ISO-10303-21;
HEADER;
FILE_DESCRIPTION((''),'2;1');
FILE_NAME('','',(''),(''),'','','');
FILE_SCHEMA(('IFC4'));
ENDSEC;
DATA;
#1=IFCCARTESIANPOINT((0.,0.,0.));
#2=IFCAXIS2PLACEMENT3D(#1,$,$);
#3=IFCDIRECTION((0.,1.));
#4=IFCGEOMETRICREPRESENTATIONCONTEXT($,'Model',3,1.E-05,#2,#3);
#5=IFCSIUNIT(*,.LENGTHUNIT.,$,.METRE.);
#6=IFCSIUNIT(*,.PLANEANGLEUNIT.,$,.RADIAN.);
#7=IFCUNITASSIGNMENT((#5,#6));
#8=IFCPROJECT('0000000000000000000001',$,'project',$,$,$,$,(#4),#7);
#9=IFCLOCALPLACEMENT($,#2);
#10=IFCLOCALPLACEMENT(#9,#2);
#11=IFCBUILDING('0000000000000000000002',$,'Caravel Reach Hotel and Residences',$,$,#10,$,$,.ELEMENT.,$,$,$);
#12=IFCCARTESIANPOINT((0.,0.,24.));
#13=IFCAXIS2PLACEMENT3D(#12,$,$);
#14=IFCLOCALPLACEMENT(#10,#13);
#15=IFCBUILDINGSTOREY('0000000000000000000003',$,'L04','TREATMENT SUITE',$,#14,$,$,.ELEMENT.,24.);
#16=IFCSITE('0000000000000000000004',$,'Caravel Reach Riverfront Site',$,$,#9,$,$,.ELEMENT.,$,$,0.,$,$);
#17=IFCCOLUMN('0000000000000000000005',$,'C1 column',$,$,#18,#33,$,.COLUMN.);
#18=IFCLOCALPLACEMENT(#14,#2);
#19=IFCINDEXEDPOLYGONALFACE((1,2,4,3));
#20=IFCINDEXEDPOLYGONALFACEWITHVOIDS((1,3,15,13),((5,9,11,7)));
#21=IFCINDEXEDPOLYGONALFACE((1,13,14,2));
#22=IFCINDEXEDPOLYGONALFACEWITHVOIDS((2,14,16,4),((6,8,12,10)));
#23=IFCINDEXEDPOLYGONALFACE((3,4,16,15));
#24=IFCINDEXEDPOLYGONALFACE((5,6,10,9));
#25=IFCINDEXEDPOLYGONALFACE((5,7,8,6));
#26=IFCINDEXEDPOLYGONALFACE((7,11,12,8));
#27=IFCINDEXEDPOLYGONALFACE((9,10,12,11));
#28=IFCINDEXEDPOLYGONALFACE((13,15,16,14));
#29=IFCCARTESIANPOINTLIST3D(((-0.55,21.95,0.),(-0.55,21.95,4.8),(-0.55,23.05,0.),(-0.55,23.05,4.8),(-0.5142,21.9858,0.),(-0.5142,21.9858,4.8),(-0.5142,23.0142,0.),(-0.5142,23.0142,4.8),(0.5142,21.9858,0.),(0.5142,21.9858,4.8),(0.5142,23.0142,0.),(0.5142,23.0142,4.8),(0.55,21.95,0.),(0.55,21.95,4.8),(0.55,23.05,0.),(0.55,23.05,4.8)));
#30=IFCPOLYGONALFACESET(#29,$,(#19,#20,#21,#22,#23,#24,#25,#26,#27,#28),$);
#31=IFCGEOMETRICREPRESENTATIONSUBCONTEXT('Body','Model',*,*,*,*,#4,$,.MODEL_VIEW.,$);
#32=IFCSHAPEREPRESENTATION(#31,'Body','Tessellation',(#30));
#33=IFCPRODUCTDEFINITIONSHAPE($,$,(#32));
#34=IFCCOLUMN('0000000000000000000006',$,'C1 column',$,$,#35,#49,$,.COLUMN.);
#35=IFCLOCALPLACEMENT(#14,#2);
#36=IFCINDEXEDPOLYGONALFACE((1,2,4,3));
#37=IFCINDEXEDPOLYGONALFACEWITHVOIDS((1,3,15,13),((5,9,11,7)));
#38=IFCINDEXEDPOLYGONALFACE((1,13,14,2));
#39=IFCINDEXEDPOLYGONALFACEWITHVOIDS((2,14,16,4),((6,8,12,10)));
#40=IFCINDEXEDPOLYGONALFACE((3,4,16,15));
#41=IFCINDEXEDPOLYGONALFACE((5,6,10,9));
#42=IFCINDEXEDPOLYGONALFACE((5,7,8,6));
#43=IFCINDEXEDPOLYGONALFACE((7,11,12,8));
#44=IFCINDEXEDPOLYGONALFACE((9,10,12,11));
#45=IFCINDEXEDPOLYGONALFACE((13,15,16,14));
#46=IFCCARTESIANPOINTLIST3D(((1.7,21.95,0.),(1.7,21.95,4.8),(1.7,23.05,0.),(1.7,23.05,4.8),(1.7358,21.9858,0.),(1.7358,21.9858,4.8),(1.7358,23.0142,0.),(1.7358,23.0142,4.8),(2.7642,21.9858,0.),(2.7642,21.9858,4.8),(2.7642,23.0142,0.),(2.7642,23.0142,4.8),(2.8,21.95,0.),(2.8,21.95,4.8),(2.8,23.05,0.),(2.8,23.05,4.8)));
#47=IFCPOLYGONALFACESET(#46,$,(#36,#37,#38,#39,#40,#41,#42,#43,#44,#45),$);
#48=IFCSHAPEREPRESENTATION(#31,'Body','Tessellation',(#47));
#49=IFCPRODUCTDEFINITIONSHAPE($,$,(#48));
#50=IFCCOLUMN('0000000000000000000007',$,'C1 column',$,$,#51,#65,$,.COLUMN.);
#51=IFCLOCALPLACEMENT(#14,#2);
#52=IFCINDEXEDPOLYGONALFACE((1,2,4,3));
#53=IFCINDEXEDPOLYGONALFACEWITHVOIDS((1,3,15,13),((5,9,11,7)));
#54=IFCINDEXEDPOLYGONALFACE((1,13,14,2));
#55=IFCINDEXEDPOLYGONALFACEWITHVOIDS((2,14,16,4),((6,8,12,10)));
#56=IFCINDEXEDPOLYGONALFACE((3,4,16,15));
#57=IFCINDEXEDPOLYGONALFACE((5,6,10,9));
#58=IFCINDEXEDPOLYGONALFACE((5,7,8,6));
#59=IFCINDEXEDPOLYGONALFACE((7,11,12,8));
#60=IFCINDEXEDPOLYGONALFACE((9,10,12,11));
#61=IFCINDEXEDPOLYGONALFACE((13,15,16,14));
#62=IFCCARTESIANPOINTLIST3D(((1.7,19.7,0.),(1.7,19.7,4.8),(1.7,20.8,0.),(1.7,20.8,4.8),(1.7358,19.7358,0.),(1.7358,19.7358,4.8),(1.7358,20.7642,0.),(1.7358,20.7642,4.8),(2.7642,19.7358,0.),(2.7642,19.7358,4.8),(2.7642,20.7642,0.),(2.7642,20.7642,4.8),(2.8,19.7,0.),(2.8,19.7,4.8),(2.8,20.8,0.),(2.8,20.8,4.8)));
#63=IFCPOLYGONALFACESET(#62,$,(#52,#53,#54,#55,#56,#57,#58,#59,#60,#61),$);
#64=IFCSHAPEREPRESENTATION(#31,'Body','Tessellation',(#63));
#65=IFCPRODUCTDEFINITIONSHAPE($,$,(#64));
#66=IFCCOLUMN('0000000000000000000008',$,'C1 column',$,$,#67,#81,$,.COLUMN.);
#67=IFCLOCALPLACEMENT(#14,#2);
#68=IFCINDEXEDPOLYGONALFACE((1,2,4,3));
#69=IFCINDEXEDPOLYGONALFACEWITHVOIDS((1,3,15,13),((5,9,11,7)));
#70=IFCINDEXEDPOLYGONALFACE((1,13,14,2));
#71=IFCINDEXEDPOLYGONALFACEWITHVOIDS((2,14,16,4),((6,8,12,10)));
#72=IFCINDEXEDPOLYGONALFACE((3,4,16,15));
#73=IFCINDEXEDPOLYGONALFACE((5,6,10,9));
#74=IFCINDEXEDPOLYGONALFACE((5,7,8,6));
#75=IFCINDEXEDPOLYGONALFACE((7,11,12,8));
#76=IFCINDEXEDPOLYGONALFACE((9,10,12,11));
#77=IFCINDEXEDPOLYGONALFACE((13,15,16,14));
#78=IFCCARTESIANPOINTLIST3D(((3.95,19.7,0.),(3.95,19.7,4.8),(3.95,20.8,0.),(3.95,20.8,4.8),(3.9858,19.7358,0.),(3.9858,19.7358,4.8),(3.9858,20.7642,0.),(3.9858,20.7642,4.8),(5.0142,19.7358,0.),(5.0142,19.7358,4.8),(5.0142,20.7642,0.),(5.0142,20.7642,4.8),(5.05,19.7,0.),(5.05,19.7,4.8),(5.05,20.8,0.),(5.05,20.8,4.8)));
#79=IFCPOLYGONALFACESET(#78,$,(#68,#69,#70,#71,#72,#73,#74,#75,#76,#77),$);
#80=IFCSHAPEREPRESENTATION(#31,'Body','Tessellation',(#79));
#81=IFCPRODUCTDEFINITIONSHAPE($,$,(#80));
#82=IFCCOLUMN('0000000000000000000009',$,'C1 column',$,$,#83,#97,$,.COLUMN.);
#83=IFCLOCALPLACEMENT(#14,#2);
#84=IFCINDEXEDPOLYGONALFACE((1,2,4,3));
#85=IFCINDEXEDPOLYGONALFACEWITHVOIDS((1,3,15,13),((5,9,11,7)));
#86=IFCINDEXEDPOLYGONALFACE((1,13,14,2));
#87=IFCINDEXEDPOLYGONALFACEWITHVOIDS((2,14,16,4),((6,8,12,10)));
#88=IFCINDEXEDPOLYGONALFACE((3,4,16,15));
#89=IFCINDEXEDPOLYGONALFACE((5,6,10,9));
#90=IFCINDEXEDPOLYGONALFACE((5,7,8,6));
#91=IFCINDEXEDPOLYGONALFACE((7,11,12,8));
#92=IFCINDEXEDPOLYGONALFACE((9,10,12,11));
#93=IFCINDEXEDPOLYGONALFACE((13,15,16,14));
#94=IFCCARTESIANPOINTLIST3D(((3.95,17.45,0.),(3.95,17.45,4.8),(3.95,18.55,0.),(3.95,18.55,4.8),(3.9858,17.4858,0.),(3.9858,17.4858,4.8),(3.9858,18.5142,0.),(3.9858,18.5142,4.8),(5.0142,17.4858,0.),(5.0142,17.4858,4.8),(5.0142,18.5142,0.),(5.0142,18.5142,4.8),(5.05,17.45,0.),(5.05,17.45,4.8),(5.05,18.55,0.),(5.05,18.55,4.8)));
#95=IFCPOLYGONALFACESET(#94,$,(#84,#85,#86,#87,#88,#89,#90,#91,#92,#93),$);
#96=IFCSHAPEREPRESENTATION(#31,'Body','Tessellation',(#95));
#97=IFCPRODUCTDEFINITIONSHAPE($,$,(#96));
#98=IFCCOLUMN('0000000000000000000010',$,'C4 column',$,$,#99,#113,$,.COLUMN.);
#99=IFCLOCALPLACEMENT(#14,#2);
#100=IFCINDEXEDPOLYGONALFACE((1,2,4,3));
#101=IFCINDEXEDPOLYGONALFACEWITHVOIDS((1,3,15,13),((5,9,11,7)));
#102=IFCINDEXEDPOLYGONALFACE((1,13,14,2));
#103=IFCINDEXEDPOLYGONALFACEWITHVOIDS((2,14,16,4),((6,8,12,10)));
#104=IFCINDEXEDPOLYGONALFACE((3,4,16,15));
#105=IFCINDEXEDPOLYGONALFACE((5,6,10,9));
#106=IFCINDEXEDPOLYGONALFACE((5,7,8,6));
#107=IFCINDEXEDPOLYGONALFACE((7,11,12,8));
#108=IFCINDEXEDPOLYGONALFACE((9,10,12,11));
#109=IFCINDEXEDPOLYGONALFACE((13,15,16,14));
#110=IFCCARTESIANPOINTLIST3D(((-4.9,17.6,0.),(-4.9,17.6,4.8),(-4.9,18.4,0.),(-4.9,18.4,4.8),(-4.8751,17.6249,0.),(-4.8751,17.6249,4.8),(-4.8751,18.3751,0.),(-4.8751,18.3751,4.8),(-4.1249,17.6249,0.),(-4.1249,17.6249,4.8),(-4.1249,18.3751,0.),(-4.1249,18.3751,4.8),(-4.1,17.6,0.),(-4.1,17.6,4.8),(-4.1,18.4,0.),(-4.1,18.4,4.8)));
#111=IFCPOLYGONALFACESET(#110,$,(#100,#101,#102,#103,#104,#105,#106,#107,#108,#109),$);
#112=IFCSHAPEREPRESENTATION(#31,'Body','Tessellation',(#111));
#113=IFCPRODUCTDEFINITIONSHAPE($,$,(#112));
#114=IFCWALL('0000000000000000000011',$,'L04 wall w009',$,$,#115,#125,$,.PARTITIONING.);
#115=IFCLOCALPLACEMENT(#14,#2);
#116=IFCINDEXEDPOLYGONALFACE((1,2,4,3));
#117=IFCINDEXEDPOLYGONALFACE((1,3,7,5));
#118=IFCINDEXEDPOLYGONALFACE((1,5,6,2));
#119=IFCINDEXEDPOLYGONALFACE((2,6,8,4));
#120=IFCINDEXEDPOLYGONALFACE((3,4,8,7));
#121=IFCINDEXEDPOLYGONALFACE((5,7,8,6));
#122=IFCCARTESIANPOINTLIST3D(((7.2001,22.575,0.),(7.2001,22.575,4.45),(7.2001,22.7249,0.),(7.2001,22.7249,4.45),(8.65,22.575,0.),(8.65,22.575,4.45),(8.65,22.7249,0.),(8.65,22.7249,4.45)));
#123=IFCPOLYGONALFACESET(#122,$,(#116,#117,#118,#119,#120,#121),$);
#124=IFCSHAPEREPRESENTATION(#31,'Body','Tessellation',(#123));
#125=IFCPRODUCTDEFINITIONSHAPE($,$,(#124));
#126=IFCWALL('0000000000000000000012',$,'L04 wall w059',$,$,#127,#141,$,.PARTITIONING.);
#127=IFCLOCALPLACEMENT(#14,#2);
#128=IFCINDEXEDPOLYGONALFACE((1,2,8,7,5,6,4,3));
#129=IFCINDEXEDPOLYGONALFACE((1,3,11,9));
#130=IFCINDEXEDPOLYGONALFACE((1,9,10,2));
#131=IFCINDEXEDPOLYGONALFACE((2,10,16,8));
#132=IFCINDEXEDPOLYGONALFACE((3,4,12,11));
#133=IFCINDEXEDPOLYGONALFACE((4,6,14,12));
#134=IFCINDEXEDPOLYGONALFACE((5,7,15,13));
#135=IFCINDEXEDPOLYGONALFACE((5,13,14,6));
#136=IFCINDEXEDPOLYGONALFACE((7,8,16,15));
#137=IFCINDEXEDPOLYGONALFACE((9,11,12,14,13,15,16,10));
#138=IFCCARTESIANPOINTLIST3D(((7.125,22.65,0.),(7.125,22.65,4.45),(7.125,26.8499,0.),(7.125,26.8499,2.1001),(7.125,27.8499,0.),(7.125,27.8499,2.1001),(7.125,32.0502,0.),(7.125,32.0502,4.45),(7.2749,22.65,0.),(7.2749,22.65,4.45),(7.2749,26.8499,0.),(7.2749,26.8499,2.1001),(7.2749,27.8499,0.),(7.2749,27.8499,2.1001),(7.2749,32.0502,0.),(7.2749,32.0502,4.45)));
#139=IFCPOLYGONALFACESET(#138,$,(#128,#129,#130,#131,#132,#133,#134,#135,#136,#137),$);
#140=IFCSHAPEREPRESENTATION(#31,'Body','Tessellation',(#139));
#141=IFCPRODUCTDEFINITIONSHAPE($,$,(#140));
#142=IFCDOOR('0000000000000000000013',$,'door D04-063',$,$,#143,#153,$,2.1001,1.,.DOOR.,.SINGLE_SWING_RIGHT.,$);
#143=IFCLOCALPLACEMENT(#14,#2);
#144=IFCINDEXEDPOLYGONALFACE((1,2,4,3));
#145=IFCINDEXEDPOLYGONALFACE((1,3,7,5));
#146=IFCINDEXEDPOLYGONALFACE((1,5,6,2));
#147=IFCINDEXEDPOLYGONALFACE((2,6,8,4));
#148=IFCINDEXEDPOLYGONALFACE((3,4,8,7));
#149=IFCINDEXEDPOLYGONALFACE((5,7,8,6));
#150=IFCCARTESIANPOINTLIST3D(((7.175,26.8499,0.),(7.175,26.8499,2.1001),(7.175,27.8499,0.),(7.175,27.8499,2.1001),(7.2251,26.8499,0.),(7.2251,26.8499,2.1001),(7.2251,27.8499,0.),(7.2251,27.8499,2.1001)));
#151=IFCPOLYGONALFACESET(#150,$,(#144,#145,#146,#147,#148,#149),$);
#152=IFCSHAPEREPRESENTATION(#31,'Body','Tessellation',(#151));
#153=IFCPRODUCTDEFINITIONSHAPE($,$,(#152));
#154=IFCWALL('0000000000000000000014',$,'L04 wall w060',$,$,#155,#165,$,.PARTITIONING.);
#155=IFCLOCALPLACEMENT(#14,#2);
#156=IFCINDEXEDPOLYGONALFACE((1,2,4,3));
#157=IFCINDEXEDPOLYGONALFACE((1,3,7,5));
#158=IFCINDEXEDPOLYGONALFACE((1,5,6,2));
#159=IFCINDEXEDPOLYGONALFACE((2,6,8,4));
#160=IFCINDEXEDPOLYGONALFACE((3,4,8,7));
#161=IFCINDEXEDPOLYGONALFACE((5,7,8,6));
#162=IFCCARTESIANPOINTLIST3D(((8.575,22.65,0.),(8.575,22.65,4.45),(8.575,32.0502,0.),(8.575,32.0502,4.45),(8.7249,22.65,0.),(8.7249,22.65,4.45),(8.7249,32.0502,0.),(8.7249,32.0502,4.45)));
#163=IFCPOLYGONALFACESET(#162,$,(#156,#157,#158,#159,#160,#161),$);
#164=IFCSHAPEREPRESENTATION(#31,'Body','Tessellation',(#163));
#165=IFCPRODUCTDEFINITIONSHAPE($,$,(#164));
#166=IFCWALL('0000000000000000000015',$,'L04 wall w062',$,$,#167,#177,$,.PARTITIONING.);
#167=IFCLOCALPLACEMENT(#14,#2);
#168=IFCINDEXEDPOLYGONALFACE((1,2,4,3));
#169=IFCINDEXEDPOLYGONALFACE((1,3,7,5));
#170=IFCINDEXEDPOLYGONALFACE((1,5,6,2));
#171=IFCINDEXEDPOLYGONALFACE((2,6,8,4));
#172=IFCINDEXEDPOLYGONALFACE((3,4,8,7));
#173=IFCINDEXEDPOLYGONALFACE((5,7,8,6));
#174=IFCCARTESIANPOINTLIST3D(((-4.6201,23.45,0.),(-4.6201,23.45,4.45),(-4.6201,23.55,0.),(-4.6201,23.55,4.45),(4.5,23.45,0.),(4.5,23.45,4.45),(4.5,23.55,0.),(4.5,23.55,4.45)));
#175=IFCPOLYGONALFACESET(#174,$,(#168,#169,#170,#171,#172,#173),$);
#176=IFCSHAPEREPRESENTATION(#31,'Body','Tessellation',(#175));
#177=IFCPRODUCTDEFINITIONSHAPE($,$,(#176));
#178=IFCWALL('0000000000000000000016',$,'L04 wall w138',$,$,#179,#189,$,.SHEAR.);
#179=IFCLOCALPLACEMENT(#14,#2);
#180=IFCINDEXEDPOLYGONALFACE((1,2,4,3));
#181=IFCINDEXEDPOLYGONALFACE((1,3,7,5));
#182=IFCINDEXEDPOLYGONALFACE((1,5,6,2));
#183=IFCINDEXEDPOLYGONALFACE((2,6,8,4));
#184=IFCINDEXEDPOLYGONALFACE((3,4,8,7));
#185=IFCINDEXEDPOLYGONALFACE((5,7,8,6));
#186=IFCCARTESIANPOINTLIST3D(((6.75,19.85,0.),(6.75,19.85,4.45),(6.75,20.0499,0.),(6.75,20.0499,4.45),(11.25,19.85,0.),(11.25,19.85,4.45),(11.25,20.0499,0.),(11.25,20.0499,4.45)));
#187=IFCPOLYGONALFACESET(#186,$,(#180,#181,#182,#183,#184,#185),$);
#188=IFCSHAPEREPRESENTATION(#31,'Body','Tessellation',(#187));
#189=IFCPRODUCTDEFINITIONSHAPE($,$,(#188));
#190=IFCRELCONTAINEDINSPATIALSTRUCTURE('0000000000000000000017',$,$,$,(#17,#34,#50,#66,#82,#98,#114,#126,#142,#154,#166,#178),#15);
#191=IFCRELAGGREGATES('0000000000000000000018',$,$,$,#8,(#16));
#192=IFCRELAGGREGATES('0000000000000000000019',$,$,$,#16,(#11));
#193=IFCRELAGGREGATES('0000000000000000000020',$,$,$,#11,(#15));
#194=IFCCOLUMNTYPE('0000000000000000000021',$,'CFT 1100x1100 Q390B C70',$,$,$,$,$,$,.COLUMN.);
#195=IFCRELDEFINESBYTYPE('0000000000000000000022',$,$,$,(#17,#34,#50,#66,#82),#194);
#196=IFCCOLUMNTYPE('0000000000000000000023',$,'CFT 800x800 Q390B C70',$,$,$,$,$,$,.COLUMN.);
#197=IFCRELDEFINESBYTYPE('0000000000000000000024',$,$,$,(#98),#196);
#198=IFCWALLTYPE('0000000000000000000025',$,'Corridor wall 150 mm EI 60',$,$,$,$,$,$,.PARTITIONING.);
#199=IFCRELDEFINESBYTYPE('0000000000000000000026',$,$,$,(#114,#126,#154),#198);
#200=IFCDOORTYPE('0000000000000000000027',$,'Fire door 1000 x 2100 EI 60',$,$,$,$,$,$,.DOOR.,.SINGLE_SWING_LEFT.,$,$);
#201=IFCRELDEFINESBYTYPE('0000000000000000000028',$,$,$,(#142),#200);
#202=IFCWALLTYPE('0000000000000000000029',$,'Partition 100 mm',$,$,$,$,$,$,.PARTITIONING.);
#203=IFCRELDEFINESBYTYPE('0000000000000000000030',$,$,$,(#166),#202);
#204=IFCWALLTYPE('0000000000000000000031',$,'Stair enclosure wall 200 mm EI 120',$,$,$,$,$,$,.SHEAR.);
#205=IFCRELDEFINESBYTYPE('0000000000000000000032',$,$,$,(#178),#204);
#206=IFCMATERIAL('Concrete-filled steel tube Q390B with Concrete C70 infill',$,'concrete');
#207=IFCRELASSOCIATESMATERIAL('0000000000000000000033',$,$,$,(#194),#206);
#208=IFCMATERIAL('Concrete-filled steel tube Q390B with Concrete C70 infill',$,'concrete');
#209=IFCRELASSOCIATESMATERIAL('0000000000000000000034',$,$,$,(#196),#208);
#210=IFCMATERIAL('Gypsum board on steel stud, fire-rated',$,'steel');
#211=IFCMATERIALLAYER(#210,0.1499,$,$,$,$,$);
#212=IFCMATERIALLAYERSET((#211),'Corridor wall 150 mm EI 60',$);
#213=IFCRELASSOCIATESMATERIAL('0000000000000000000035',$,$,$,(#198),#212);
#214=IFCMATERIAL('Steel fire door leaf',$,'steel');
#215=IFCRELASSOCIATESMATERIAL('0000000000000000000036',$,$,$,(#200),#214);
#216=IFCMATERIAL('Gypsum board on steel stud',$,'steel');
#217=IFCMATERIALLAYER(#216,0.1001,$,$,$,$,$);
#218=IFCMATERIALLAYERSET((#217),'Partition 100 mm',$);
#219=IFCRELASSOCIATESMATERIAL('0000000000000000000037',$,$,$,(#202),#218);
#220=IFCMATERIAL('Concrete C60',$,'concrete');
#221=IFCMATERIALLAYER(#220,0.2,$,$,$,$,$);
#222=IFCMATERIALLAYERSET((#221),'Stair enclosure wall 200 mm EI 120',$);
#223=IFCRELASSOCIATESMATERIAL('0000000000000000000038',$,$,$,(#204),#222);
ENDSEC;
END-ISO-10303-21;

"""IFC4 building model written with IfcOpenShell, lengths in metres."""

from ifc_helpers import new_model, si_unit, direction, frame, frame_2d, origin, origin_2d, place, context, subcontext, project, spatial, rectangle, hollow_rectangle, extrude, material, layer, layer_set, material_profile, profile_set, type_object, element, fill, save


model = new_model("IFC4")

# Units and contexts
model_context = context("Model", 3, precision=1e-05, world=origin(), true_north=direction((0.0, 1.0)))
body_context = subcontext(model_context, "Body", "Model", "MODEL_VIEW")
ifc_project = project(units=[si_unit("LENGTHUNIT", "METRE"), si_unit("PLANEANGLEUNIT", "RADIAN")], contexts=[model_context])

# Site, building, storey
site_placement = place(None, origin())
site = spatial("IfcSite", under=ifc_project, at=site_placement, Name="Caravel Reach Riverfront Site", CompositionType="ELEMENT", RefElevation=0.0)
building_placement = place(site_placement, origin())
building = spatial("IfcBuilding", under=site, at=building_placement, Name="Caravel Reach Hotel and Residences", CompositionType="ELEMENT")
storey_placement = place(building_placement, frame((0.0, 0.0, 24.0)))
storey = spatial("IfcBuildingStorey", under=building, at=storey_placement, Name="L04", Description="TREATMENT SUITE", CompositionType="ELEMENT", Elevation=24.0)

# Columns
ifc_material_1 = material(Name="Concrete-filled steel tube Q390B with Concrete C70 infill", Category="concrete")
ifc_material_profile_1 = material_profile(ifc_material_1, hollow_rectangle(XDim=1.1001, YDim=1.1001, WallThickness=0.0359, at=origin_2d()), Name="RHS 1100x1100x36")
ifc_profile_set_1 = profile_set([ifc_material_profile_1], Name="Concrete-filled steel tube Q390B with Concrete C70 infill")
column_type_1 = type_object("IfcColumnType", Name="CFT 1100x1100 Q390B C70", PredefinedType="COLUMN", material=ifc_profile_set_1)
for number, where, z_axis, x_axis, name in (
    (1, (0.0, 22.5, 0.0), (0.0, 0.0, 1.0), (1.0, 0.0, 0.0), "C1 column"),
    (2, (2.25, 22.5, 0.0), (0.0, 0.0, 1.0), (1.0, 0.0, 0.0), "C1 column"),
    (3, (2.25, 20.25, 0.0), (0.0, 0.0, 1.0), (1.0, 0.0, 0.0), "C1 column"),
    (4, (4.5, 20.25, 0.0), (0.0, 0.0, 1.0), (1.0, 0.0, 0.0), "C1 column"),
    (5, (4.5, 18.0, 0.0), (0.0, 0.0, 1.0), (1.0, 0.0, 0.0), "C1 column"),
):
    element("IfcColumn", number, at=place(storey_placement, frame(where, z_axis=z_axis, x_axis=x_axis)), inside=storey, type_object=column_type_1, Name=name, PredefinedType="COLUMN", context=body_context, shape_type="SweptSolid", body=[
        extrude(hollow_rectangle(XDim=1.1001, YDim=1.1001, WallThickness=0.0359, at=origin_2d()), origin(), (0.0, 0.0, 1.0), 4.8),
    ])
ifc_material_2 = material(Name="Concrete-filled steel tube Q390B with Concrete C70 infill", Category="concrete")
ifc_material_profile_2 = material_profile(ifc_material_2, hollow_rectangle(XDim=0.8, YDim=0.8, WallThickness=0.0249, at=origin_2d()), Name="RHS 800x800x25")
ifc_profile_set_2 = profile_set([ifc_material_profile_2], Name="Concrete-filled steel tube Q390B with Concrete C70 infill")
column_type_2 = type_object("IfcColumnType", Name="CFT 800x800 Q390B C70", PredefinedType="COLUMN", material=ifc_profile_set_2)
column_placement = place(storey_placement, frame((-4.5, 18.0, 0.0), z_axis=(0.0, 0.0, 1.0), x_axis=(1.0, 0.0, 0.0)))
element("IfcColumn", 6, at=column_placement, inside=storey, type_object=column_type_2, Name="C4 column", PredefinedType="COLUMN", context=body_context, shape_type="SweptSolid", body=[
    extrude(hollow_rectangle(XDim=0.8, YDim=0.8, WallThickness=0.0249, at=origin_2d()), origin(), (0.0, 0.0, 1.0), 4.8),
])

# Wall
ifc_material_3 = material(Name="Gypsum board on steel stud, fire-rated", Category="steel")
ifc_layer_1 = layer(ifc_material_3, 0.1499)
ifc_layer_set_1 = layer_set([ifc_layer_1], Name="Corridor wall 150 mm EI 60")
wall_type_1 = type_object("IfcWallType", Name="Corridor wall 150 mm EI 60", PredefinedType="PARTITIONING", material=ifc_layer_set_1)
wall_1_placement = place(storey_placement, frame((7.2, 22.6499, 0.0), z_axis=(0.0, 0.0, 1.0), x_axis=(1.0, 0.0, 0.0)))
element("IfcWall", 7, at=wall_1_placement, inside=storey, type_object=wall_type_1, Name="L04 wall w009", PredefinedType="PARTITIONING", context=body_context, shape_type="SweptSolid", body=[
    extrude(rectangle(XDim=1.45, YDim=0.1499, at=frame_2d((0.7251, 0.0))), origin(), (0.0, 0.0, 1.0), 4.45),
])

# Wall, opening, door
wall_2_placement = place(storey_placement, frame((7.2, 22.6499, 0.0), z_axis=(0.0, 0.0, 1.0), x_axis=(0.0, 1.0, 0.0)))
wall_2 = element("IfcWall", 8, at=wall_2_placement, inside=storey, type_object=wall_type_1, Name="L04 wall w059", PredefinedType="PARTITIONING", context=body_context, shape_type="SweptSolid", body=[
    extrude(rectangle(XDim=9.4001, YDim=0.1499, at=frame_2d((4.7002, 0.0))), origin(), (0.0, 0.0, 1.0), 4.45),
])
opening_placement = place(wall_2_placement, frame((4.2, 0.0, 0.0)))
opening = element("IfcOpeningElement", 9, at=opening_placement, cuts=wall_2, PredefinedType="OPENING", context=body_context, shape_type="SweptSolid", body=[
    extrude(rectangle(XDim=1.0, YDim=2.1001, at=frame_2d((0.5, 1.05))), frame((0.0, 0.085, 0.0), z_axis=(0.0, -1.0, 0.0), x_axis=(1.0, 0.0, 0.0)), (0.0, 0.0, 1.0), 0.1699),
])
ifc_material_4 = material(Name="Steel fire door leaf", Category="steel")
door_type = type_object("IfcDoorType", Name="Fire door 1000 x 2100 EI 60", OperationType="SINGLE_SWING_LEFT", PredefinedType="DOOR", material=ifc_material_4)
door_placement = place(opening_placement, origin())
door = element("IfcDoor", 10, at=door_placement, inside=storey, type_object=door_type, Name="door D04-063", OperationType="SINGLE_SWING_RIGHT", OverallHeight=2.1001, OverallWidth=1.0, PredefinedType="DOOR", context=body_context, shape_type="SweptSolid", body=[
    extrude(rectangle(XDim=1.0, YDim=2.1001, at=frame_2d((0.5, 1.05))), frame((0.0, 0.0249, 0.0), z_axis=(0.0, -1.0, 0.0), x_axis=(1.0, 0.0, 0.0)), (0.0, 0.0, 1.0), 0.05),
])
fill(opening, door)

# Walls
wall_3_placement = place(storey_placement, frame((8.6499, 22.6499, 0.0), z_axis=(0.0, 0.0, 1.0), x_axis=(0.0, 1.0, 0.0)))
element("IfcWall", 11, at=wall_3_placement, inside=storey, type_object=wall_type_1, Name="L04 wall w060", PredefinedType="PARTITIONING", context=body_context, shape_type="SweptSolid", body=[
    extrude(rectangle(XDim=9.4001, YDim=0.1499, at=frame_2d((4.7002, 0.0))), origin(), (0.0, 0.0, 1.0), 4.45),
])
ifc_material_5 = material(Name="Gypsum board on steel stud", Category="steel")
ifc_layer_2 = layer(ifc_material_5, 0.1001)
ifc_layer_set_2 = layer_set([ifc_layer_2], Name="Partition 100 mm")
wall_type_2 = type_object("IfcWallType", Name="Partition 100 mm", PredefinedType="PARTITIONING", material=ifc_layer_set_2)
wall_4_placement = place(storey_placement, frame((-4.6201, 23.5, 0.0), z_axis=(0.0, 0.0, 1.0), x_axis=(1.0, 0.0, 0.0)))
element("IfcWall", 12, at=wall_4_placement, inside=storey, type_object=wall_type_2, Name="L04 wall w062", PredefinedType="PARTITIONING", context=body_context, shape_type="SweptSolid", body=[
    extrude(rectangle(XDim=9.1201, YDim=0.1001, at=frame_2d((4.5601, 0.0))), origin(), (0.0, 0.0, 1.0), 4.45),
])
ifc_material_6 = material(Name="Concrete C60", Category="concrete")
ifc_layer_3 = layer(ifc_material_6, 0.2)
ifc_layer_set_3 = layer_set([ifc_layer_3], Name="Stair enclosure wall 200 mm EI 120")
wall_type_3 = type_object("IfcWallType", Name="Stair enclosure wall 200 mm EI 120", PredefinedType="SHEAR", material=ifc_layer_set_3)
wall_5_placement = place(storey_placement, frame((6.75, 19.95, 0.0), z_axis=(0.0, 0.0, 1.0), x_axis=(1.0, 0.0, 0.0)))
element("IfcWall", 13, at=wall_5_placement, inside=storey, type_object=wall_type_3, Name="L04 wall w138", PredefinedType="SHEAR", context=body_context, shape_type="SweptSolid", body=[
    extrude(rectangle(XDim=4.5, YDim=0.2, at=frame_2d((2.25, 0.0))), origin(), (0.0, 0.0, 1.0), 4.45),
])

save(model, "model.ifc")
